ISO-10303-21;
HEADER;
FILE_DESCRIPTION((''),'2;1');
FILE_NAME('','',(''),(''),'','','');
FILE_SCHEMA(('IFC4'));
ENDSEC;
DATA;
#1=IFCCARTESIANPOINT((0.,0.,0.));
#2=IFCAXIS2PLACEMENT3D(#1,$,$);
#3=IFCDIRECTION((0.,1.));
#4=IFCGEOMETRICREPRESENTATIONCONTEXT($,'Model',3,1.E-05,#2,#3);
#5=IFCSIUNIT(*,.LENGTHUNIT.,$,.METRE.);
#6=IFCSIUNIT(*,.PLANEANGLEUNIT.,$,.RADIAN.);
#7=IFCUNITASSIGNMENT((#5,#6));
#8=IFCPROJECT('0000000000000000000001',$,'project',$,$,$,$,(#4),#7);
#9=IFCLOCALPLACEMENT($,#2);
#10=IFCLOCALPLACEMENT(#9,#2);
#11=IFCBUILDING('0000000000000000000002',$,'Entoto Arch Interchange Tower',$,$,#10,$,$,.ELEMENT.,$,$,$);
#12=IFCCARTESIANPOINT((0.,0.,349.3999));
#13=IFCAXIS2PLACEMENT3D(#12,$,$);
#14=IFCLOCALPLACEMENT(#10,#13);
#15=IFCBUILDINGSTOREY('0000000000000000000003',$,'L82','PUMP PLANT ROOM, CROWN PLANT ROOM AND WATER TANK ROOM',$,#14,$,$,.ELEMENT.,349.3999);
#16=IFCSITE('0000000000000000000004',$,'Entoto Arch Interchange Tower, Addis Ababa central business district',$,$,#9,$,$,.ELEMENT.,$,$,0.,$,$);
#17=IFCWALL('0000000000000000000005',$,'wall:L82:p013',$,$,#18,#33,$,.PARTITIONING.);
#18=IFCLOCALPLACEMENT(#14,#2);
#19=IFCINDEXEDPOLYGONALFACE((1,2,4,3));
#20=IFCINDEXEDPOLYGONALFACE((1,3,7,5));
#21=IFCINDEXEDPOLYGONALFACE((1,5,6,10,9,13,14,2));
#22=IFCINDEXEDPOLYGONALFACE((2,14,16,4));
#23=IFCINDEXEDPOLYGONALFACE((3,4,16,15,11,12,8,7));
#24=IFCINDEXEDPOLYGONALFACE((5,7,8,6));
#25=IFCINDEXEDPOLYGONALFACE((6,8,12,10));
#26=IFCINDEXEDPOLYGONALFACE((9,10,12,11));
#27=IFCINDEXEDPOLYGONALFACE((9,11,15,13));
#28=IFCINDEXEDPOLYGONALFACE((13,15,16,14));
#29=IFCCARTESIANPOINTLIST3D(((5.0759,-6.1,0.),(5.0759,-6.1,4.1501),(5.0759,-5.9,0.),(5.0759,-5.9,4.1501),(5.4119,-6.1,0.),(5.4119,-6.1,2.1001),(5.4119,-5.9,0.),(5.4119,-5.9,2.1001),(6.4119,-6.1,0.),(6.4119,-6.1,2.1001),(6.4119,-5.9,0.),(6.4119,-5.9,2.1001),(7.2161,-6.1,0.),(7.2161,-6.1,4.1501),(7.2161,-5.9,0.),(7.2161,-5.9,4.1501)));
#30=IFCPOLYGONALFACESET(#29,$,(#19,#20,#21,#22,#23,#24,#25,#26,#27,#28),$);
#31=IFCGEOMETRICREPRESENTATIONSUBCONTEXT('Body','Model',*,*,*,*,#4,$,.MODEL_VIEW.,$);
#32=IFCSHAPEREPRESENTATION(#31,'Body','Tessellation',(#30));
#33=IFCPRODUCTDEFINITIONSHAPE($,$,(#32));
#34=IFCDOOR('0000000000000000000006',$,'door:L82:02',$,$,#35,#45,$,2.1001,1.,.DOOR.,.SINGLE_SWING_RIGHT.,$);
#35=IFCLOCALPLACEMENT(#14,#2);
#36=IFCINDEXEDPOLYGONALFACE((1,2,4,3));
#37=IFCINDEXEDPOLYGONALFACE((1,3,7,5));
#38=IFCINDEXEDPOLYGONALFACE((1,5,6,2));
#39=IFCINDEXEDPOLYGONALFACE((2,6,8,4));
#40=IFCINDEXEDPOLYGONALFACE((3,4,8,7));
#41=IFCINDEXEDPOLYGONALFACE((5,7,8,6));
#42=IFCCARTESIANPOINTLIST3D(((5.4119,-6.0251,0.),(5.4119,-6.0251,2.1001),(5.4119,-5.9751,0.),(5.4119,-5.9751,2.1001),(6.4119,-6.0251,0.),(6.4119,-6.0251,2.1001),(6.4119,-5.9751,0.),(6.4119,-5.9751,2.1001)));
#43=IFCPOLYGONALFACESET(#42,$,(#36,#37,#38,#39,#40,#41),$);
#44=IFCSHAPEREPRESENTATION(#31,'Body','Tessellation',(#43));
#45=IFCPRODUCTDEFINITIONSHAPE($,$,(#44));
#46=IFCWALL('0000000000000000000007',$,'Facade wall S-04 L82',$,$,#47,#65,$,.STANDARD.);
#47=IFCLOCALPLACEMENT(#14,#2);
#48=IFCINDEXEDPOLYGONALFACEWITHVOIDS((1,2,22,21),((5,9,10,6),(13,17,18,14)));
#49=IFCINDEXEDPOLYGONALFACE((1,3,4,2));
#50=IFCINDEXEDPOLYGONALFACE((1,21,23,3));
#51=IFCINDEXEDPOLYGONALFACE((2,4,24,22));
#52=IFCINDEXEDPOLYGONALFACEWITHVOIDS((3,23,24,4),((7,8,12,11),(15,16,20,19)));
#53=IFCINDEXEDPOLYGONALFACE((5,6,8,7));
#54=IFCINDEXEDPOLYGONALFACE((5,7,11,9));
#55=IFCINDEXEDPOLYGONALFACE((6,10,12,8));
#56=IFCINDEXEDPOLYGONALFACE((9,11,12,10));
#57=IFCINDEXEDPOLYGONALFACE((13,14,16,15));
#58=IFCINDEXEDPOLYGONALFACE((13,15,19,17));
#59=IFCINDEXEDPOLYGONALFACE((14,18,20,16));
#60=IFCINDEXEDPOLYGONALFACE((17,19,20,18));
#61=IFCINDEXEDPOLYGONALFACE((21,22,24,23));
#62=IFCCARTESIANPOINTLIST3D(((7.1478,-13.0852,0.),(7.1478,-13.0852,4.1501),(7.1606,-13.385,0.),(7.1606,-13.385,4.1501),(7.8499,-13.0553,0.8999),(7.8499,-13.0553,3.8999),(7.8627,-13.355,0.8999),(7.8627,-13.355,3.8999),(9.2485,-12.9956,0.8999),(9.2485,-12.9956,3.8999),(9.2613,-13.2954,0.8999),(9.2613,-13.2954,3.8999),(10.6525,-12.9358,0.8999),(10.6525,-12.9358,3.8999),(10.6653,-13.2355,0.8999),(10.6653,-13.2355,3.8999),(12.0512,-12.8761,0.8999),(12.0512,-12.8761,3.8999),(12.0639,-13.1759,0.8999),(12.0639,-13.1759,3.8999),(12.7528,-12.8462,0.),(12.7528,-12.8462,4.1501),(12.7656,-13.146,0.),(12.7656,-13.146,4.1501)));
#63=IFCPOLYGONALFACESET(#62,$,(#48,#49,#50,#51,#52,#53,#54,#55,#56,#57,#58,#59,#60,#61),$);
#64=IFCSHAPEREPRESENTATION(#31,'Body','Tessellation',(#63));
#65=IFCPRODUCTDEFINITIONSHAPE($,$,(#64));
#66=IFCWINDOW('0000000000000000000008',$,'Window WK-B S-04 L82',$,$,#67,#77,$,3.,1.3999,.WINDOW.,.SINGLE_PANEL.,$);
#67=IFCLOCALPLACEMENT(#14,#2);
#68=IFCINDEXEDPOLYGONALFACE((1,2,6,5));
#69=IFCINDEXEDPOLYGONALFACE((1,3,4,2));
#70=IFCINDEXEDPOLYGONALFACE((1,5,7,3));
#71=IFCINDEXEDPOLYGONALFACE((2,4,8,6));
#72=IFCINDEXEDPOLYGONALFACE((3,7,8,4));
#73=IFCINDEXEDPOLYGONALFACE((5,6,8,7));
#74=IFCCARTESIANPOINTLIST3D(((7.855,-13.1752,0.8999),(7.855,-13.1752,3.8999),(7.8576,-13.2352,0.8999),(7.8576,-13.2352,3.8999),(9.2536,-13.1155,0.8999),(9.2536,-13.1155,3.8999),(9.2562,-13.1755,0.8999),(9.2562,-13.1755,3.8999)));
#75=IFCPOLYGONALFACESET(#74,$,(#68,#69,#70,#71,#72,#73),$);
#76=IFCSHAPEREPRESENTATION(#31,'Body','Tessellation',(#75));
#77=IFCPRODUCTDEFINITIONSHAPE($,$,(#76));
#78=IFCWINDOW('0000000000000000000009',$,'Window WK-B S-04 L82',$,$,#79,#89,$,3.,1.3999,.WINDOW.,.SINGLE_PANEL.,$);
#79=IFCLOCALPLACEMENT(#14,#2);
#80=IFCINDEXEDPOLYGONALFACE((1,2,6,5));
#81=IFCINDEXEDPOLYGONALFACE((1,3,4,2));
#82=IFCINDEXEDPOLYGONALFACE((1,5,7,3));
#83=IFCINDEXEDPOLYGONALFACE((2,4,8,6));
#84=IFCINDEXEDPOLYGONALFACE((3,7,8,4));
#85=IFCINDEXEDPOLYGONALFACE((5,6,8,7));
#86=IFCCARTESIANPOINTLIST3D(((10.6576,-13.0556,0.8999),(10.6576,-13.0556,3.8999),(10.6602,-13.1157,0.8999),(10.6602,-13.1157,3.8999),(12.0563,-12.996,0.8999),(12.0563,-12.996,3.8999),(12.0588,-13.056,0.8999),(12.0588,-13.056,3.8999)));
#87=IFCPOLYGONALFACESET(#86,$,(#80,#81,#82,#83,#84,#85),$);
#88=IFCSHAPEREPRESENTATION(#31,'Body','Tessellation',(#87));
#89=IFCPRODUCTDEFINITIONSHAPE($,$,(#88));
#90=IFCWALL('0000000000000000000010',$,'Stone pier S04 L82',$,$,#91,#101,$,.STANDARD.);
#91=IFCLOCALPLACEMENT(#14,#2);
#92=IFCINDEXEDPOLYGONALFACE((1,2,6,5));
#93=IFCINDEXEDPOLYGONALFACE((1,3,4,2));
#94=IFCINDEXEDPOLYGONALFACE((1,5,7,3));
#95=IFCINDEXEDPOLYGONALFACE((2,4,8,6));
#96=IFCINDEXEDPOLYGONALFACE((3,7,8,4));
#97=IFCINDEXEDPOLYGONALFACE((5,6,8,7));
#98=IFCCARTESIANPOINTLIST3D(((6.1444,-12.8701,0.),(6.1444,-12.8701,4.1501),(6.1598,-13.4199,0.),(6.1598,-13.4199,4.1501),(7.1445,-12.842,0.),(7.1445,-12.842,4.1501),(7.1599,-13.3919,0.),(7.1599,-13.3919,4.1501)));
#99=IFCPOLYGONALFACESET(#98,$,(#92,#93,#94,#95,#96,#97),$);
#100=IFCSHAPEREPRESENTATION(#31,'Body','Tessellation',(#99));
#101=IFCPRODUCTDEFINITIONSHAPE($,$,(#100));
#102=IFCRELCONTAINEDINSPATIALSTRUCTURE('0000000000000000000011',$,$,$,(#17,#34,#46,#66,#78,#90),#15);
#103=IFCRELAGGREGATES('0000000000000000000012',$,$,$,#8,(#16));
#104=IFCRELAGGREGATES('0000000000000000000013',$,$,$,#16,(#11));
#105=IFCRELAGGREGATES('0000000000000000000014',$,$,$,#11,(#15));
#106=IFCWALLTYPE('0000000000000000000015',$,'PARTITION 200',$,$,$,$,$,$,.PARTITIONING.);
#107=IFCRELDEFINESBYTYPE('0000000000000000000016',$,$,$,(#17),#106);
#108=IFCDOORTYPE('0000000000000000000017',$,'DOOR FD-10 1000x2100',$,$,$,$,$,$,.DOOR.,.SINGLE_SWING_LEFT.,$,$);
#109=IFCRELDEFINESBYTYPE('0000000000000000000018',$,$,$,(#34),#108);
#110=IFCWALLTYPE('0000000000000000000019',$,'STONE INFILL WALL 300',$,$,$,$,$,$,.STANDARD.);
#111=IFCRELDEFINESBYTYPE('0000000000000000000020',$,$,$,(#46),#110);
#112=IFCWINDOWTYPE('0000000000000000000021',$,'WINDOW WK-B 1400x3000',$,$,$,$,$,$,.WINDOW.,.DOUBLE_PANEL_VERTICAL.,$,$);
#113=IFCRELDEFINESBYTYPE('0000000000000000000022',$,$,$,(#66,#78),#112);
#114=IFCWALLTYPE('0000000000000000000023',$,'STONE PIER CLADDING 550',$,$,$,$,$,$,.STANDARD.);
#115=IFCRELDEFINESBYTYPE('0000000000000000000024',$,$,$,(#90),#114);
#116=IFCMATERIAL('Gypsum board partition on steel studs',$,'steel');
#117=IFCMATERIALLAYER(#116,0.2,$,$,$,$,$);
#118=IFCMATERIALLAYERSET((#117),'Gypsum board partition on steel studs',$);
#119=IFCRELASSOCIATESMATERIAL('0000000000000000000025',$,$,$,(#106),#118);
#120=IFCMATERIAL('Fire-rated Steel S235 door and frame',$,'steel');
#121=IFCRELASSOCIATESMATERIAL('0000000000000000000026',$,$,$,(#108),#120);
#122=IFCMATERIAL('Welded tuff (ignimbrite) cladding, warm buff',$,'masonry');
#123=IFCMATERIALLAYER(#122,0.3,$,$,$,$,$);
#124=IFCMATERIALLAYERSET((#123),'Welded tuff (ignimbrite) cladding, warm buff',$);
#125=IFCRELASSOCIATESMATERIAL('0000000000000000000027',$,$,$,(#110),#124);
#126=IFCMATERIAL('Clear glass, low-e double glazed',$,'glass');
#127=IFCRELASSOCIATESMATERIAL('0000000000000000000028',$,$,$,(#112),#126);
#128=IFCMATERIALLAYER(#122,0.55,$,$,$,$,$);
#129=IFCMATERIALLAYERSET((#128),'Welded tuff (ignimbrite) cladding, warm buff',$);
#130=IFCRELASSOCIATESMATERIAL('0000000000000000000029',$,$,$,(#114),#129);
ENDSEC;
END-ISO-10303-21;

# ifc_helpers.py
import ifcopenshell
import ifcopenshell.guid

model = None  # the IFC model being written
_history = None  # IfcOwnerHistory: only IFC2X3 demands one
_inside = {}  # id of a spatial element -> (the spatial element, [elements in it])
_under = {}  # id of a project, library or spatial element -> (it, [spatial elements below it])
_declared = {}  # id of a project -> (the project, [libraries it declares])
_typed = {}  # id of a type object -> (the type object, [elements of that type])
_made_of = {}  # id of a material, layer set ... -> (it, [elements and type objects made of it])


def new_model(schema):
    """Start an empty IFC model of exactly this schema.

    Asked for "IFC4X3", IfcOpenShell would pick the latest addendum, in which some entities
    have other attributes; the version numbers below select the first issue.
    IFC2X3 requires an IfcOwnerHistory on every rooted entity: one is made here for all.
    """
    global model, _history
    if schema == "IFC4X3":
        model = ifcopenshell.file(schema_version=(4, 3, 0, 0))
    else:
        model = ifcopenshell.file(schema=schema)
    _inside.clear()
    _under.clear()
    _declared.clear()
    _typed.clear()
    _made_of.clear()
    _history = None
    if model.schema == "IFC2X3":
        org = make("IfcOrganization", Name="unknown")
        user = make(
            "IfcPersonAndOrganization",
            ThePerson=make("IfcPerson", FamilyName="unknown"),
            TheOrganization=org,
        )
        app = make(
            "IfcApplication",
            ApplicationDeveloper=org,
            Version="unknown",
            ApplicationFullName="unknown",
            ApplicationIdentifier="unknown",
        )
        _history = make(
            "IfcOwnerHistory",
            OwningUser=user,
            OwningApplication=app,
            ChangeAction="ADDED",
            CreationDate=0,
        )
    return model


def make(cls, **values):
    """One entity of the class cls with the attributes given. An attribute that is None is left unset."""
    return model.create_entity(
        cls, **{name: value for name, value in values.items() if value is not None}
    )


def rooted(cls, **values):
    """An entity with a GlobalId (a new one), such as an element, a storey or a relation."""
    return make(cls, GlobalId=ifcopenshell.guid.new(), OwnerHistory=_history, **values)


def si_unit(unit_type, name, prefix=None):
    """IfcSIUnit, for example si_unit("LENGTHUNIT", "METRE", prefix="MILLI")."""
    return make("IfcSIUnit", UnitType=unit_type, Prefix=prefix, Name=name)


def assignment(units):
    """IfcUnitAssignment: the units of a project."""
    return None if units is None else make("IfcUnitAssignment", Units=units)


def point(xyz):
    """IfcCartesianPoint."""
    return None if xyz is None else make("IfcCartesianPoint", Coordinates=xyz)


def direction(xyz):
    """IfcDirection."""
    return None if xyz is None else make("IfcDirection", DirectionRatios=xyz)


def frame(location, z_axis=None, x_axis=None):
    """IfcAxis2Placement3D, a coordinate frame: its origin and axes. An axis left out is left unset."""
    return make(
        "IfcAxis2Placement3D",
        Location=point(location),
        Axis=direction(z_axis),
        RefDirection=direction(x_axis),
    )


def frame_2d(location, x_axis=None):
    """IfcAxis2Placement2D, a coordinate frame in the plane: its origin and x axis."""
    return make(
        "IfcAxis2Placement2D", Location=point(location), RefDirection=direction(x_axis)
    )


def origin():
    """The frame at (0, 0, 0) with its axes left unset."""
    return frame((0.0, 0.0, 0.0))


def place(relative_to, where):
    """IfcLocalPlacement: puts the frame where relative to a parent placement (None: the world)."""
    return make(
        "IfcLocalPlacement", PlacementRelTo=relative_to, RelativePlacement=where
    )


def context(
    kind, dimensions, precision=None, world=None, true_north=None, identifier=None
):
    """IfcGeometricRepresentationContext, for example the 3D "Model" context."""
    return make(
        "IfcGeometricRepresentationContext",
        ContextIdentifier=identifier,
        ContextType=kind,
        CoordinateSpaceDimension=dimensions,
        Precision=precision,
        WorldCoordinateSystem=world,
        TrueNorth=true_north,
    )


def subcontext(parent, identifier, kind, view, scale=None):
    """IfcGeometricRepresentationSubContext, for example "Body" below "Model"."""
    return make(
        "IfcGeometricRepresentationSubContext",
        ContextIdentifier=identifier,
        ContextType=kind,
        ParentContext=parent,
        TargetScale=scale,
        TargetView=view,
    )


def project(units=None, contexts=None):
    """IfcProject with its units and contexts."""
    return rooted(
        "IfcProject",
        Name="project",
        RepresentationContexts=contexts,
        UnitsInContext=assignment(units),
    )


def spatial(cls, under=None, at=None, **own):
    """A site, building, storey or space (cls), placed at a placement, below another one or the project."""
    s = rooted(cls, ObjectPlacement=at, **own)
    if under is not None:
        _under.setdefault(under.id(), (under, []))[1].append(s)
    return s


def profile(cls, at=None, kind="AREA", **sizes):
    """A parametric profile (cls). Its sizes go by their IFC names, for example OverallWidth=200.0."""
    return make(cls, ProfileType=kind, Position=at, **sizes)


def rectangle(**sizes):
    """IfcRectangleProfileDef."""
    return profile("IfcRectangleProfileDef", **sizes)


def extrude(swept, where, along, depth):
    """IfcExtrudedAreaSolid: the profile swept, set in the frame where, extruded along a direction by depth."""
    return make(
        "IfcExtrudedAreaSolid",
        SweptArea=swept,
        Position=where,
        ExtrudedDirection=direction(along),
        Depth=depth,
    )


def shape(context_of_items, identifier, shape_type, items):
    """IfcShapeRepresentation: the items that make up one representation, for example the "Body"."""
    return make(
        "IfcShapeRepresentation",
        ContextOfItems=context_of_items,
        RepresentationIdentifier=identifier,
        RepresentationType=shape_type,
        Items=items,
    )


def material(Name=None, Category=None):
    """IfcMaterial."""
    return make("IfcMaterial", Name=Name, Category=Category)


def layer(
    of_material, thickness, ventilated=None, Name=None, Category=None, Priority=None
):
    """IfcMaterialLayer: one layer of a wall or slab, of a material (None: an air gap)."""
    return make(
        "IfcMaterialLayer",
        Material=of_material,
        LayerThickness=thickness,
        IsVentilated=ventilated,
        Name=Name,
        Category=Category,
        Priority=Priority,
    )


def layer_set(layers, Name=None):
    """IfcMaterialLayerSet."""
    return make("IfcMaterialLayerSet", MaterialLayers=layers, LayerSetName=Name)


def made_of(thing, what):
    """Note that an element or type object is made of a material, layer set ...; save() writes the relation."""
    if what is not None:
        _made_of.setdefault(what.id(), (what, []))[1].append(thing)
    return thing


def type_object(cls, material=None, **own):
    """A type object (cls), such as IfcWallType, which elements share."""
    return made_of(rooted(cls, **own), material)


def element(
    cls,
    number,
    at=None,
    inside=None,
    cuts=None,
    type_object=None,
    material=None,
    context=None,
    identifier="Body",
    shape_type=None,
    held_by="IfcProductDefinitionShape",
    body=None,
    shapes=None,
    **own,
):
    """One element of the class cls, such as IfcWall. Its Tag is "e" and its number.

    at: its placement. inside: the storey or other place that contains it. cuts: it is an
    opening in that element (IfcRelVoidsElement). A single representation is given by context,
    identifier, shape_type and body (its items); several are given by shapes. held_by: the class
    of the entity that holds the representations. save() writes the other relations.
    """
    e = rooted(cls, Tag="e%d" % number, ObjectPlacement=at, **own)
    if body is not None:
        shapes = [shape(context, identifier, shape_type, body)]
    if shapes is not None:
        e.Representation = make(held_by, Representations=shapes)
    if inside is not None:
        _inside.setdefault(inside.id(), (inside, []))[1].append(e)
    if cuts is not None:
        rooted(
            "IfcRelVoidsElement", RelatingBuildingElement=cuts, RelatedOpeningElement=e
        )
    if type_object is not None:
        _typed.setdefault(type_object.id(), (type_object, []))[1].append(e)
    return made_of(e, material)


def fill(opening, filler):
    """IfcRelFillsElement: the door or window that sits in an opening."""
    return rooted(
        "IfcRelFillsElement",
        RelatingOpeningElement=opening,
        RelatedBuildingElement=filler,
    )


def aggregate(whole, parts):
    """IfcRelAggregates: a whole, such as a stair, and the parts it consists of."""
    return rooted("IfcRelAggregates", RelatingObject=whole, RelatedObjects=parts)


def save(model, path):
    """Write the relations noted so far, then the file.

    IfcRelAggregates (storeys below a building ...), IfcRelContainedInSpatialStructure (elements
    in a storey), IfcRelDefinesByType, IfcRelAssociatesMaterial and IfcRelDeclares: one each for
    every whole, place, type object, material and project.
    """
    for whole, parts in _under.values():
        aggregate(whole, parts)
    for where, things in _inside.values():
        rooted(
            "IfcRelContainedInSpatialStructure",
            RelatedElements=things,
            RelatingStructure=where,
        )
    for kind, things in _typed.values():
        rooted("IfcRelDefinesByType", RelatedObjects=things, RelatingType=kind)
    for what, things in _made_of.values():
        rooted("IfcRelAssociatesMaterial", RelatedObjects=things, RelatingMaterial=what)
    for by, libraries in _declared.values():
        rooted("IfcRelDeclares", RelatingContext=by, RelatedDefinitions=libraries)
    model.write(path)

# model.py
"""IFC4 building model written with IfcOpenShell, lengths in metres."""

from ifc_helpers import new_model, si_unit, direction, frame, frame_2d, origin, place, context, subcontext, project, spatial, rectangle, extrude, material, layer, layer_set, type_object, element, fill, save


model = new_model("IFC4")

# Units and contexts
model_context = context("Model", 3, precision=1e-05, world=origin(), true_north=direction((0.0, 1.0)))
body_context = subcontext(model_context, "Body", "Model", "MODEL_VIEW")
ifc_project = project(units=[si_unit("LENGTHUNIT", "METRE"), si_unit("PLANEANGLEUNIT", "RADIAN")], contexts=[model_context])

# Site, building, storey
site_placement = place(None, origin())
site = spatial("IfcSite", under=ifc_project, at=site_placement, Name="Entoto Arch Interchange Tower, Addis Ababa central business district", CompositionType="ELEMENT", RefElevation=0.0)
building_placement = place(site_placement, origin())
building = spatial("IfcBuilding", under=site, at=building_placement, Name="Entoto Arch Interchange Tower", CompositionType="ELEMENT")
storey_placement = place(building_placement, frame((0.0, 0.0, 349.3999)))
storey = spatial("IfcBuildingStorey", under=building, at=storey_placement, Name="L82", Description="PUMP PLANT ROOM, CROWN PLANT ROOM AND WATER TANK ROOM", CompositionType="ELEMENT", Elevation=349.3999)

# Shared definitions
ifc_material_1 = material(Name="Fire-rated Steel S235 door and frame", Category="steel")

# Shared definitions
ifc_material_2 = material(Name="Gypsum board partition on steel studs", Category="steel")
ifc_layer_1 = layer(ifc_material_2, 0.2)
ifc_layer_set_1 = layer_set([ifc_layer_1], Name="Gypsum board partition on steel studs")
wall_type_1 = type_object("IfcWallType", Name="PARTITION 200", PredefinedType="PARTITIONING", material=ifc_layer_set_1)

# Shared definitions
door_type_1 = type_object("IfcDoorType", Name="DOOR FD-10 1000x2100", OperationType="SINGLE_SWING_LEFT", PredefinedType="DOOR", material=ifc_material_1)

# Wall, opening, door
wall_1_placement = place(storey_placement, frame((5.0759, -6.0, 0.0), z_axis=(0.0, 0.0, 1.0), x_axis=(1.0, 0.0, 0.0)))
wall_1 = element("IfcWall", 1, at=wall_1_placement, inside=storey, type_object=wall_type_1, Name="wall:L82:p013", PredefinedType="PARTITIONING", context=body_context, shape_type="SweptSolid", body=[
    extrude(rectangle(XDim=2.1401, YDim=0.2, at=frame_2d((1.0701, 0.0))), origin(), (0.0, 0.0, 1.0), 4.1501),
])
opening_1_placement = place(wall_1_placement, frame((0.3359, 0.0, 0.0)))
opening_1 = element("IfcOpeningElement", 2, at=opening_1_placement, cuts=wall_1, PredefinedType="OPENING", context=body_context, shape_type="SweptSolid", body=[
    extrude(rectangle(XDim=1.0, YDim=2.1001, at=frame_2d((0.5, 1.05))), frame((0.0, 0.1099, 0.0), z_axis=(0.0, -1.0, 0.0), x_axis=(1.0, 0.0, 0.0)), (0.0, 0.0, 1.0), 0.22),
])
door_1_placement = place(opening_1_placement, origin())
door_1 = element("IfcDoor", 3, at=door_1_placement, inside=storey, type_object=door_type_1, Name="door:L82:02", OperationType="SINGLE_SWING_RIGHT", OverallHeight=2.1001, OverallWidth=1.0, PredefinedType="DOOR", context=body_context, shape_type="SweptSolid", body=[
    extrude(rectangle(XDim=1.0, YDim=2.1001, at=frame_2d((0.5, 1.05))), frame((0.0, 0.0249, 0.0), z_axis=(0.0, -1.0, 0.0), x_axis=(1.0, 0.0, 0.0)), (0.0, 0.0, 1.0), 0.05),
])
fill(opening_1, door_1)

# Wall, openings, windows
ifc_material_3 = material(Name="Welded tuff (ignimbrite) cladding, warm buff", Category="masonry")
ifc_layer_2 = layer(ifc_material_3, 0.3)
ifc_layer_set_2 = layer_set([ifc_layer_2], Name="Welded tuff (ignimbrite) cladding, warm buff")
wall_type_2 = type_object("IfcWallType", Name="STONE INFILL WALL 300", PredefinedType="STANDARD", material=ifc_layer_set_2)
wall_2_placement = place(storey_placement, frame((7.1541, -13.2351, 0.0), z_axis=(0.0, 0.0, 1.0), x_axis=(0.999092, 0.042604, 0.0)))
wall_2 = element("IfcWall", 4, at=wall_2_placement, inside=storey, type_object=wall_type_2, Name="Facade wall S-04 L82", PredefinedType="STANDARD", context=body_context, shape_type="SweptSolid", body=[
    extrude(rectangle(XDim=5.6101, YDim=0.3, at=frame_2d((2.8052, 0.0))), origin(), (0.0, 0.0, 1.0), 4.1501),
])
opening_2_placement = place(wall_2_placement, frame((0.7029, 0.0, 0.8999)))
opening_2 = element("IfcOpeningElement", 5, at=opening_2_placement, cuts=wall_2, PredefinedType="OPENING", context=body_context, shape_type="SweptSolid", body=[
    extrude(rectangle(XDim=1.3999, YDim=3.0, at=frame_2d((0.7, 1.5))), frame((0.0, 0.1602, 0.0), z_axis=(0.0, -1.0, 0.0), x_axis=(1.0, 0.0, 0.0)), (0.0, 0.0, 1.0), 0.3201),
])
opening_3_placement = place(wall_2_placement, frame((3.5081, 0.0, 0.8999)))
opening_3 = element("IfcOpeningElement", 6, at=opening_3_placement, cuts=wall_2, PredefinedType="OPENING", context=body_context, shape_type="SweptSolid", body=[
    extrude(rectangle(XDim=1.3999, YDim=3.0, at=frame_2d((0.7, 1.5))), frame((0.0, 0.1602, 0.0), z_axis=(0.0, -1.0, 0.0), x_axis=(1.0, 0.0, 0.0)), (0.0, 0.0, 1.0), 0.3201),
])
ifc_material_4 = material(Name="Clear glass, low-e double glazed", Category="glass")
window_type = type_object("IfcWindowType", Name="WINDOW WK-B 1400x3000", PartitioningType="DOUBLE_PANEL_VERTICAL", PredefinedType="WINDOW", material=ifc_material_4)
window_1_placement = place(opening_2_placement, origin())
window_1 = element("IfcWindow", 7, at=window_1_placement, inside=storey, type_object=window_type, Name="Window WK-B S-04 L82", OverallHeight=3.0, OverallWidth=1.3999, PartitioningType="SINGLE_PANEL", PredefinedType="WINDOW", context=body_context, shape_type="SweptSolid", body=[
    extrude(rectangle(XDim=1.3999, YDim=3.0, at=frame_2d((0.7, 1.5))), frame((0.0, 0.03, 0.0), z_axis=(0.0, -1.0, 0.0), x_axis=(1.0, 0.0, 0.0)), (0.0, 0.0, 1.0), 0.0601),
])
fill(opening_2, window_1)
window_2_placement = place(opening_3_placement, origin())
window_2 = element("IfcWindow", 8, at=window_2_placement, inside=storey, type_object=window_type, Name="Window WK-B S-04 L82", OverallHeight=3.0, OverallWidth=1.3999, PartitioningType="SINGLE_PANEL", PredefinedType="WINDOW", context=body_context, shape_type="SweptSolid", body=[
    extrude(rectangle(XDim=1.3999, YDim=3.0, at=frame_2d((0.7, 1.5))), frame((0.0, 0.03, 0.0), z_axis=(0.0, -1.0, 0.0), x_axis=(1.0, 0.0, 0.0)), (0.0, 0.0, 1.0), 0.0601),
])
fill(opening_3, window_2)

# Wall
ifc_layer_3 = layer(ifc_material_3, 0.55)
ifc_layer_set_3 = layer_set([ifc_layer_3], Name="Welded tuff (ignimbrite) cladding, warm buff")
wall_type_3 = type_object("IfcWallType", Name="STONE PIER CLADDING 550", PredefinedType="STANDARD", material=ifc_layer_set_3)
wall_3_placement = place(storey_placement, frame((6.1521, -13.145, 0.0), z_axis=(0.0, 0.0, 1.0), x_axis=(0.999606, 0.028065, 0.0)))
element("IfcWall", 9, at=wall_3_placement, inside=storey, type_object=wall_type_3, Name="Stone pier S04 L82", PredefinedType="STANDARD", context=body_context, shape_type="SweptSolid", body=[
    extrude(rectangle(XDim=1.0005, YDim=0.55, at=frame_2d((0.5002, 0.0))), origin(), (0.0, 0.0, 1.0), 4.1501),
])

save(model, "model.ifc")
